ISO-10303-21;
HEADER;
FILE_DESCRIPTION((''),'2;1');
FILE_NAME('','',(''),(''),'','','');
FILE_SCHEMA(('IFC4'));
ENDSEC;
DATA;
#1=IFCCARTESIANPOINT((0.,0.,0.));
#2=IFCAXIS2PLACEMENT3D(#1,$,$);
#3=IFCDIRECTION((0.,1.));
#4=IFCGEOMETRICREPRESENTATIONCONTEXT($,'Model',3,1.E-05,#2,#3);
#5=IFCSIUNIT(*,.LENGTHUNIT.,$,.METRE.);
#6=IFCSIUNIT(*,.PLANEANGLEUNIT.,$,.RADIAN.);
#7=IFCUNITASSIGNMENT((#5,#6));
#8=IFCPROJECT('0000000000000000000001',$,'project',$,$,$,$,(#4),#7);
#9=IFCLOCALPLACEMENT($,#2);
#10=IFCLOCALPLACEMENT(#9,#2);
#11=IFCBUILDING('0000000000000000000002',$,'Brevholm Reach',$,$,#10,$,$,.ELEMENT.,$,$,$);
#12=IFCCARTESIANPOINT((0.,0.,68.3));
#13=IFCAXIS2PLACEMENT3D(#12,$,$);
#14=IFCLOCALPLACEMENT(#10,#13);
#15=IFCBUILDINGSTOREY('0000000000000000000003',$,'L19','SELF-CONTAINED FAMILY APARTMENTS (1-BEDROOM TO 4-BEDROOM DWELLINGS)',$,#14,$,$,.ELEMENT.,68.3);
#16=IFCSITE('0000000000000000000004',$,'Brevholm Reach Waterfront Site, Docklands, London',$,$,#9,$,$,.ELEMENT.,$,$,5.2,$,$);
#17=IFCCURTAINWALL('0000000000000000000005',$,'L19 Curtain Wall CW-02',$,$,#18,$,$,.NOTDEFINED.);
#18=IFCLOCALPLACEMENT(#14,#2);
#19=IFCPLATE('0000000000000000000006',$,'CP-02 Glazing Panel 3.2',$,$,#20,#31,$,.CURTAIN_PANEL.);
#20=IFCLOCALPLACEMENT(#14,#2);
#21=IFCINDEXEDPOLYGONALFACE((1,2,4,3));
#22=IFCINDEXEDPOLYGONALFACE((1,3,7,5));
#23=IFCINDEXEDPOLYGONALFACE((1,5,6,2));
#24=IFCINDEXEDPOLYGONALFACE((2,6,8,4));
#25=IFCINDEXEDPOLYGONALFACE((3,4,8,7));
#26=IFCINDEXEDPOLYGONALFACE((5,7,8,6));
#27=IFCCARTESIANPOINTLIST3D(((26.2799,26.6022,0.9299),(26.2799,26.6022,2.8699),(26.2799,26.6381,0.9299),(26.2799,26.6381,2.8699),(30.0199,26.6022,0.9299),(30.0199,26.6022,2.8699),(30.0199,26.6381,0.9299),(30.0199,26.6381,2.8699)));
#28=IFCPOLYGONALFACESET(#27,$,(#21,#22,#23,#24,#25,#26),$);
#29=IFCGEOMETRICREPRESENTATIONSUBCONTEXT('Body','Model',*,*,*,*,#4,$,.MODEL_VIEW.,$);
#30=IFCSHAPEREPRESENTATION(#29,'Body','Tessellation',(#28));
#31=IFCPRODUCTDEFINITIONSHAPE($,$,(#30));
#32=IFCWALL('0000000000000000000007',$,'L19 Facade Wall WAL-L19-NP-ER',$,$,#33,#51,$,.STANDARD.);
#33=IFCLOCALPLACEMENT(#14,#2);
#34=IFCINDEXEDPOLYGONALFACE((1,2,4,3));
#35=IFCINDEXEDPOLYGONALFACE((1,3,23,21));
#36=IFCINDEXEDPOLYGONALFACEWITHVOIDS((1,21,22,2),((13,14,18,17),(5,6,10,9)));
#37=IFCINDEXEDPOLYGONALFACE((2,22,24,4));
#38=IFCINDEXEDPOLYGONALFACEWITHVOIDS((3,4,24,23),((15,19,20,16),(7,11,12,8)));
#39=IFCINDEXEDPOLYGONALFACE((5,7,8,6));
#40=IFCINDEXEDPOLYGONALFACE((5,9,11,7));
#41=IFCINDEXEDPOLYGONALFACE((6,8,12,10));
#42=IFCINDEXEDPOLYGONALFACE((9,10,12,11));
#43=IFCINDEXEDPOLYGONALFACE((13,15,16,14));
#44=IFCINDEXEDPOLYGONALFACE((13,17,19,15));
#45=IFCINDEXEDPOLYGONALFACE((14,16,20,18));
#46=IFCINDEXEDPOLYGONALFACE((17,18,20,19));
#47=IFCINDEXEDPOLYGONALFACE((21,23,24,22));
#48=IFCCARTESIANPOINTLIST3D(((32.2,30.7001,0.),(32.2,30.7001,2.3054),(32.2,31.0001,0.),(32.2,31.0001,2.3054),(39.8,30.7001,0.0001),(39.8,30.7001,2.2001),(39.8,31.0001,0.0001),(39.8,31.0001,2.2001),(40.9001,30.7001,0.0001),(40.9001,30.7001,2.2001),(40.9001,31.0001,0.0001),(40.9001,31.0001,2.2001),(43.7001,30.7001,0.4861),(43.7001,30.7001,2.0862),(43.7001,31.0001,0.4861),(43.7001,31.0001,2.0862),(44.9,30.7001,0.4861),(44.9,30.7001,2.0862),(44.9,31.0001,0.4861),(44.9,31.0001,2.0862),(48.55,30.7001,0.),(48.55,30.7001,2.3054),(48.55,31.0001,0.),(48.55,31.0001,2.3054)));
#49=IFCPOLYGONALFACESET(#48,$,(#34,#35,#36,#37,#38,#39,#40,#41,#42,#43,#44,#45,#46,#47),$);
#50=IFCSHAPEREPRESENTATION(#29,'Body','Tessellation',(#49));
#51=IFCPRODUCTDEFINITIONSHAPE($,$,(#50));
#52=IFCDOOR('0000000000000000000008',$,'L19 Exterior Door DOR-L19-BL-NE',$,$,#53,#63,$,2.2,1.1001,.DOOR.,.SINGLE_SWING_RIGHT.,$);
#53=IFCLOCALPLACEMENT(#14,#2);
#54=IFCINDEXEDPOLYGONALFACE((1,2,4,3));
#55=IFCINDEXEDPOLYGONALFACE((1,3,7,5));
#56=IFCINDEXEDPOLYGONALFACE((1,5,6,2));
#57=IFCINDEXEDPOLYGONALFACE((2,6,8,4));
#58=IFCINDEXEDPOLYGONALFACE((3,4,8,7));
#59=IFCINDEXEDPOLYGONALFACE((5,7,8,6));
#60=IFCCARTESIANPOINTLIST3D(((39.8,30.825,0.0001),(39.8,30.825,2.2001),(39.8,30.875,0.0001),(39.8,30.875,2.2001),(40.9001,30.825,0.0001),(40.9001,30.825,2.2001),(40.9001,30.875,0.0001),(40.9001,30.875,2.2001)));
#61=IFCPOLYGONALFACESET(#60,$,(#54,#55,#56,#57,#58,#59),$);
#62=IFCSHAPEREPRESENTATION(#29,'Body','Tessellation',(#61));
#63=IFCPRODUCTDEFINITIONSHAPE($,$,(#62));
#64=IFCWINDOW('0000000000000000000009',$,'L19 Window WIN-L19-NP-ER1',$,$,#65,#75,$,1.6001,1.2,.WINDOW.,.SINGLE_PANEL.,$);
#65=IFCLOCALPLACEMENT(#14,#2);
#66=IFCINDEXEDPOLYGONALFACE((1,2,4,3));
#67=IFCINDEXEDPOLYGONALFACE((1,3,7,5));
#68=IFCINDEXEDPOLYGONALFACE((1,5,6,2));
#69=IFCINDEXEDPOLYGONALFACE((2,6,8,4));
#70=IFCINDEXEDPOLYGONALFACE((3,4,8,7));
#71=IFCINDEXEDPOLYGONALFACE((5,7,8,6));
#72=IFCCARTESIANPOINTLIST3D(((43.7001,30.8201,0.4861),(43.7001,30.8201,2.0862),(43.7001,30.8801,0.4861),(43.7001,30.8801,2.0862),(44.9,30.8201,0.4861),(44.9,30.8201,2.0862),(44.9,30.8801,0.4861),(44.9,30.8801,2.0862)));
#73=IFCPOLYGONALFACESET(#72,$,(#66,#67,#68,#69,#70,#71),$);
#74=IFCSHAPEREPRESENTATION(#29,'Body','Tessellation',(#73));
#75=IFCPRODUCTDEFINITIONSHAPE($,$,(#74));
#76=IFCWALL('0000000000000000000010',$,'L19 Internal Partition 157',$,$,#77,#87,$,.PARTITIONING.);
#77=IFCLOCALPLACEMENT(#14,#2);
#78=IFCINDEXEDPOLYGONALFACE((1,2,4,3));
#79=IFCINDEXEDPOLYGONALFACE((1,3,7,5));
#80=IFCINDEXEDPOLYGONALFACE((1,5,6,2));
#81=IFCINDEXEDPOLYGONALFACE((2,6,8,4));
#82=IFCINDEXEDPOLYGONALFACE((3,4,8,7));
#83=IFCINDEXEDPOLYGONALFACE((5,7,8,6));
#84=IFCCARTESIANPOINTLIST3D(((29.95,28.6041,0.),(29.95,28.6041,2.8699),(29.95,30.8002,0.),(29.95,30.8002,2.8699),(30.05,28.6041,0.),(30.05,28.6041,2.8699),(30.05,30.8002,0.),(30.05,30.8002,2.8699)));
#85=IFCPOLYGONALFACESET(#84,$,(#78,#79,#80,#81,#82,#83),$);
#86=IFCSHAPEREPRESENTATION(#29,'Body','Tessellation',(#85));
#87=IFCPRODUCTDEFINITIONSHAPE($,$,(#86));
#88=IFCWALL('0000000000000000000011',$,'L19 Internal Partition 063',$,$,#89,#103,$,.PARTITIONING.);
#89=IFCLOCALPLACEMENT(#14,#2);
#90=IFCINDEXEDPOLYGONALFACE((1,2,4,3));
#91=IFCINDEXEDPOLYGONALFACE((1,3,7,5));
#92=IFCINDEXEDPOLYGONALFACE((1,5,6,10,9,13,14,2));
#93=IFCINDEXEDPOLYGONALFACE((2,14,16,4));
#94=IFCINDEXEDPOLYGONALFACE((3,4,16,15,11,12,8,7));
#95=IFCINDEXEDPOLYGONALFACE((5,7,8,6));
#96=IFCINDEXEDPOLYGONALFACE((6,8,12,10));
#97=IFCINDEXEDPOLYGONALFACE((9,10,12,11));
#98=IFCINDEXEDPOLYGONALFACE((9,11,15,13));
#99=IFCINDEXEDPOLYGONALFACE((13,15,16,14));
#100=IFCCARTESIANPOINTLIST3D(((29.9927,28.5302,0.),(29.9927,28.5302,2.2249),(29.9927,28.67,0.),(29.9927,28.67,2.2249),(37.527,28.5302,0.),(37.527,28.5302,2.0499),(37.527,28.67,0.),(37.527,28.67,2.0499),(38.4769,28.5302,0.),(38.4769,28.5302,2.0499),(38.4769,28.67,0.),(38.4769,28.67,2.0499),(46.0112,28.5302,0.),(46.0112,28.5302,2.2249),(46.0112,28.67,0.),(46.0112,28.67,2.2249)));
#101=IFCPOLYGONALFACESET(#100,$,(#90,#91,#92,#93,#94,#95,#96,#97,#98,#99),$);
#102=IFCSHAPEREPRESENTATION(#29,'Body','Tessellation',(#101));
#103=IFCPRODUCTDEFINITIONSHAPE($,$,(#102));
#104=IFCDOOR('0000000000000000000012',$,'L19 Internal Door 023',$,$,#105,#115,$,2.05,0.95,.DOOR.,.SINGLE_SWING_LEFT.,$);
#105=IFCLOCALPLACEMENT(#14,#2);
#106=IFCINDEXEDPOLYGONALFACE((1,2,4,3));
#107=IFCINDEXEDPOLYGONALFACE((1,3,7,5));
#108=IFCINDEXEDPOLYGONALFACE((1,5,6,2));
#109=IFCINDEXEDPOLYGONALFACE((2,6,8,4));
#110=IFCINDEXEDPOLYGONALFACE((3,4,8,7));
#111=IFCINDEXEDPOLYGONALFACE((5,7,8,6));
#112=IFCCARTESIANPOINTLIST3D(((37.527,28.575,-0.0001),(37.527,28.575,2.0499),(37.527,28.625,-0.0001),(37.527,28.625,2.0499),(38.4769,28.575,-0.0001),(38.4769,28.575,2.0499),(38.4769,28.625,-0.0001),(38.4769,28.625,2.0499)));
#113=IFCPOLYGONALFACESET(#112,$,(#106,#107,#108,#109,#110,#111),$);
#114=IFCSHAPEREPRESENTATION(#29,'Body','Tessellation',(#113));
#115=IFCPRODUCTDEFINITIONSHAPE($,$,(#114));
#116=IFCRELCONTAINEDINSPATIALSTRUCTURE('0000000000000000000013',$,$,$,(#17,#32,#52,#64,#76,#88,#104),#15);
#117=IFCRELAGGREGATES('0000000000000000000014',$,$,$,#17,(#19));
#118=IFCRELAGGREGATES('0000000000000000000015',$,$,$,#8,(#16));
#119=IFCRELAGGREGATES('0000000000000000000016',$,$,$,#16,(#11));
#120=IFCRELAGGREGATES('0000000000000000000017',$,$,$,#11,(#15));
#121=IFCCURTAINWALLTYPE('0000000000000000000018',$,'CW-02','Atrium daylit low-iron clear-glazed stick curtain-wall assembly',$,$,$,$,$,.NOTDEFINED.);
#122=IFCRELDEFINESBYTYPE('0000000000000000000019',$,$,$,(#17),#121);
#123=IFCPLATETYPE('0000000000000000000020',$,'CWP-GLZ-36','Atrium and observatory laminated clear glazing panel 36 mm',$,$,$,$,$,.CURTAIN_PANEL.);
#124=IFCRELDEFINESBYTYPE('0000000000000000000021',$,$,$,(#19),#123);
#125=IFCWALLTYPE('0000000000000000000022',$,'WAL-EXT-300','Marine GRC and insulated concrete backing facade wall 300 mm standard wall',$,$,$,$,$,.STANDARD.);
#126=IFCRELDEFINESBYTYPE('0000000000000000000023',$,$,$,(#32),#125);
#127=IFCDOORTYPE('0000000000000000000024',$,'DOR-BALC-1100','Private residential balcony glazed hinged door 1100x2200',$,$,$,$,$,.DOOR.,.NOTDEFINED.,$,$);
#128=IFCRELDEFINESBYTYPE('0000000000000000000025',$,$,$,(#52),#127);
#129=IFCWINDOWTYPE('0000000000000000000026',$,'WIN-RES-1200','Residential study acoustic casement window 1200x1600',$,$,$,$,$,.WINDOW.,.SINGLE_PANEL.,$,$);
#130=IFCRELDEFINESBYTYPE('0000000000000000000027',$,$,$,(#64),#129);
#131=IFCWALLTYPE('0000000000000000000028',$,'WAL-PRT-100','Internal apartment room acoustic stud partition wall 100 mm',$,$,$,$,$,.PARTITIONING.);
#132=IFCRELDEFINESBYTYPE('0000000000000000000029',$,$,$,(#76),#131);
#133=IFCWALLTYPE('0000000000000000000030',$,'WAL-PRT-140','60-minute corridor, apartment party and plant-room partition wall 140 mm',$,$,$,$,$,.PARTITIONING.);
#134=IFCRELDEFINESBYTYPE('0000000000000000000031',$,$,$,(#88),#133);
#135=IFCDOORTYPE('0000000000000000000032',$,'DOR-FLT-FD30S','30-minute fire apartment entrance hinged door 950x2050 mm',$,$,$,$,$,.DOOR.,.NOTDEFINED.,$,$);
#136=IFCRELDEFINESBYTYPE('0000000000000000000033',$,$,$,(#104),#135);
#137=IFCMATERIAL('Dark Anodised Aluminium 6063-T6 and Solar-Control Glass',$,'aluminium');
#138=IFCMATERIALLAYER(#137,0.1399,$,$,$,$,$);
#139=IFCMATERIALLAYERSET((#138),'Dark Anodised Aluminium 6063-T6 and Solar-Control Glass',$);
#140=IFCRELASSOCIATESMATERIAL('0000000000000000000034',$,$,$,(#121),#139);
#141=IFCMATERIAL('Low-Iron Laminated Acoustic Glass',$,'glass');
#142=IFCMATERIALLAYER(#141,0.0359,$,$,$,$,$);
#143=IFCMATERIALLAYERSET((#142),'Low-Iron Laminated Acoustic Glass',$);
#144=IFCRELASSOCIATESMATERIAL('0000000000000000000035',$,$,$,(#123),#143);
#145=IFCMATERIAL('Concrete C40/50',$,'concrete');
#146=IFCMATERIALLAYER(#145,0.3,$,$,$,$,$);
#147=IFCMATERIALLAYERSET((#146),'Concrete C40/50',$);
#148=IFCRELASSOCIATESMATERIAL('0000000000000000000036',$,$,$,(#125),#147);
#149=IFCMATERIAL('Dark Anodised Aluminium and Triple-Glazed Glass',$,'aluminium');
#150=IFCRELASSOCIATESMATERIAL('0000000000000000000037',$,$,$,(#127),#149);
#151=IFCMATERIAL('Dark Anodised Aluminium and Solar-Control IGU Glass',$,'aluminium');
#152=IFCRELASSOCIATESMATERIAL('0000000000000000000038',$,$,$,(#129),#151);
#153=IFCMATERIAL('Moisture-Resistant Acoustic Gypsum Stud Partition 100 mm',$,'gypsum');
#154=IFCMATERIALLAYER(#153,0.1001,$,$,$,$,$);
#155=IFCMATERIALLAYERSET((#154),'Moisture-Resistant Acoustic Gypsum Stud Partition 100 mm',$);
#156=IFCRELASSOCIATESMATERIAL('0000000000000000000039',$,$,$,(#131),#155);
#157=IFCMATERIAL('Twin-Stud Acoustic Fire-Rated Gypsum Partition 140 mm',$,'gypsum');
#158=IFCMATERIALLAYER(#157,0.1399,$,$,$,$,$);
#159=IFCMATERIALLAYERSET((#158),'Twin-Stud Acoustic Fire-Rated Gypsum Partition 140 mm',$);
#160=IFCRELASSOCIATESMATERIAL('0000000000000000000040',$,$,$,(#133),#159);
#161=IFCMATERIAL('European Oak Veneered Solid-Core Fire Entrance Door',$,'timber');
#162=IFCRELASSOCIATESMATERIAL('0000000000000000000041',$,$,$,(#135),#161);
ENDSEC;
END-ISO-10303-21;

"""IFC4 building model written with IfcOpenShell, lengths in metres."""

from ifc_helpers import new_model, si_unit, direction, frame, frame_2d, origin, origin_2d, place, context, subcontext, project, spatial, rectangle, extrude, material, layer, layer_set, type_object, element, fill, aggregate, save


model = new_model("IFC4")

# Units and contexts
model_context = context("Model", 3, precision=1e-05, world=origin(), true_north=direction((0.0, 1.0)))
body_context = subcontext(model_context, "Body", "Model", "MODEL_VIEW")
ifc_project = project(units=[si_unit("LENGTHUNIT", "METRE"), si_unit("PLANEANGLEUNIT", "RADIAN")], contexts=[model_context])

# Site, building, storey
site_placement = place(None, origin())
site = spatial("IfcSite", under=ifc_project, at=site_placement, Name="Brevholm Reach Waterfront Site, Docklands, London", CompositionType="ELEMENT", RefElevation=5.2)
building_placement = place(site_placement, origin())
building = spatial("IfcBuilding", under=site, at=building_placement, Name="Brevholm Reach", CompositionType="ELEMENT")
storey_placement = place(building_placement, frame((0.0, 0.0, 68.3)))
storey = spatial("IfcBuildingStorey", under=building, at=storey_placement, Name="L19", Description="SELF-CONTAINED FAMILY APARTMENTS (1-BEDROOM TO 4-BEDROOM DWELLINGS)", CompositionType="ELEMENT", Elevation=68.3)

# Curtain wall
ifc_material_1 = material(Name="Dark Anodised Aluminium 6063-T6 and Solar-Control Glass", Category="aluminium")
ifc_layer_1 = layer(ifc_material_1, 0.1399)
ifc_layer_set_1 = layer_set([ifc_layer_1], Name="Dark Anodised Aluminium 6063-T6 and Solar-Control Glass")
curtain_wall_type_1 = type_object("IfcCurtainWallType", Name="CW-02", Description="Atrium daylit low-iron clear-glazed stick curtain-wall assembly", PredefinedType="NOTDEFINED", material=ifc_layer_set_1)
curtain_wall_1_placement = place(storey_placement, origin())
curtain_wall_1 = element("IfcCurtainWall", 1, at=curtain_wall_1_placement, inside=storey, type_object=curtain_wall_type_1, Name="L19 Curtain Wall CW-02", PredefinedType="NOTDEFINED")

# Plate
ifc_material_2 = material(Name="Low-Iron Laminated Acoustic Glass", Category="glass")
ifc_layer_2 = layer(ifc_material_2, 0.0359)
ifc_layer_set_2 = layer_set([ifc_layer_2], Name="Low-Iron Laminated Acoustic Glass")
plate_type_1 = type_object("IfcPlateType", Name="CWP-GLZ-36", Description="Atrium and observatory laminated clear glazing panel 36 mm", PredefinedType="CURTAIN_PANEL", material=ifc_layer_set_2)
plate_1_placement = place(storey_placement, frame((28.1499, 26.6201, 0.9299), z_axis=(0.0, 0.0, 1.0), x_axis=(-1.0, 0.0, 0.0)))
plate_1 = element("IfcPlate", 2, at=plate_1_placement, type_object=plate_type_1, Name="CP-02 Glazing Panel 3.2", PredefinedType="CURTAIN_PANEL", context=body_context, shape_type="SweptSolid", body=[
    extrude(rectangle(XDim=3.74, YDim=0.0359, at=origin_2d()), origin(), (0.0, 0.0, 1.0), 1.9399),
])
aggregate(curtain_wall_1, [plate_1])

# Wall, openings, door, window
ifc_material_3 = material(Name="Concrete C40/50", Category="concrete")
ifc_layer_3 = layer(ifc_material_3, 0.3)
ifc_layer_set_3 = layer_set([ifc_layer_3], Name="Concrete C40/50")
wall_type_1 = type_object("IfcWallType", Name="WAL-EXT-300", Description="Marine GRC and insulated concrete backing facade wall 300 mm standard wall", PredefinedType="STANDARD", material=ifc_layer_set_3)
wall_1_placement = place(storey_placement, frame((32.2, 30.8501, 0.0), z_axis=(0.0, 0.0, 1.0), x_axis=(1.0, 0.0, 0.0)))
wall_1 = element("IfcWall", 3, at=wall_1_placement, inside=storey, type_object=wall_type_1, Name="L19 Facade Wall WAL-L19-NP-ER", PredefinedType="STANDARD", context=body_context, shape_type="SweptSolid", body=[
    extrude(rectangle(XDim=16.3501, YDim=0.3, at=frame_2d((8.175, 0.0))), origin(), (0.0, 0.0, 1.0), 2.3054),
])
opening_1_placement = place(wall_1_placement, frame((7.6001, 0.0, 0.0)))
opening_1 = element("IfcOpeningElement", 4, at=opening_1_placement, cuts=wall_1, PredefinedType="OPENING", context=body_context, shape_type="SweptSolid", body=[
    extrude(rectangle(XDim=1.1001, YDim=2.2, at=frame_2d((0.55, 1.1001))), frame((0.0, 0.1599, 0.0), z_axis=(0.0, -1.0, 0.0), x_axis=(1.0, 0.0, 0.0)), (0.0, 0.0, 1.0), 0.3201),
])
opening_2_placement = place(wall_1_placement, frame((11.5, 0.0, 0.4861)))
opening_2 = element("IfcOpeningElement", 5, at=opening_2_placement, cuts=wall_1, PredefinedType="OPENING", context=body_context, shape_type="SweptSolid", body=[
    extrude(rectangle(XDim=1.2, YDim=1.6001, at=frame_2d((0.6001, 0.8))), frame((0.0, 0.1599, 0.0), z_axis=(0.0, -1.0, 0.0), x_axis=(1.0, 0.0, 0.0)), (0.0, 0.0, 1.0), 0.3201),
])
ifc_material_4 = material(Name="Dark Anodised Aluminium and Triple-Glazed Glass", Category="aluminium")
door_type_1 = type_object("IfcDoorType", Name="DOR-BALC-1100", Description="Private residential balcony glazed hinged door 1100x2200", OperationType="NOTDEFINED", PredefinedType="DOOR", material=ifc_material_4)
door_1_placement = place(opening_1_placement, origin())
door_1 = element("IfcDoor", 6, at=door_1_placement, inside=storey, type_object=door_type_1, Name="L19 Exterior Door DOR-L19-BL-NE", OperationType="SINGLE_SWING_RIGHT", OverallHeight=2.2, OverallWidth=1.1001, PredefinedType="DOOR", context=body_context, shape_type="SweptSolid", body=[
    extrude(rectangle(XDim=1.1001, YDim=2.2, at=frame_2d((0.55, 1.1001))), frame((0.0, 0.0249, 0.0), z_axis=(0.0, -1.0, 0.0), x_axis=(1.0, 0.0, 0.0)), (0.0, 0.0, 1.0), 0.05),
])
fill(opening_1, door_1)
ifc_material_5 = material(Name="Dark Anodised Aluminium and Solar-Control IGU Glass", Category="aluminium")
window_type = type_object("IfcWindowType", Name="WIN-RES-1200", Description="Residential study acoustic casement window 1200x1600", PartitioningType="SINGLE_PANEL", PredefinedType="WINDOW", material=ifc_material_5)
window_placement = place(opening_2_placement, origin())
window = element("IfcWindow", 7, at=window_placement, inside=storey, type_object=window_type, Name="L19 Window WIN-L19-NP-ER1", OverallHeight=1.6001, OverallWidth=1.2, PartitioningType="SINGLE_PANEL", PredefinedType="WINDOW", context=body_context, shape_type="SweptSolid", body=[
    extrude(rectangle(XDim=1.2, YDim=1.6001, at=frame_2d((0.6001, 0.8))), frame((0.0, 0.03, 0.0), z_axis=(0.0, -1.0, 0.0), x_axis=(1.0, 0.0, 0.0)), (0.0, 0.0, 1.0), 0.0601),
])
fill(opening_2, window)

# Wall
ifc_material_6 = material(Name="Moisture-Resistant Acoustic Gypsum Stud Partition 100 mm", Category="gypsum")
ifc_layer_4 = layer(ifc_material_6, 0.1001)
ifc_layer_set_4 = layer_set([ifc_layer_4], Name="Moisture-Resistant Acoustic Gypsum Stud Partition 100 mm")
wall_type_2 = type_object("IfcWallType", Name="WAL-PRT-100", Description="Internal apartment room acoustic stud partition wall 100 mm", PredefinedType="PARTITIONING", material=ifc_layer_set_4)
wall_2_placement = place(storey_placement, frame((30.0, 28.604, 0.0), z_axis=(0.0, 0.0, 1.0), x_axis=(0.0, 1.0, 0.0)))
element("IfcWall", 8, at=wall_2_placement, inside=storey, type_object=wall_type_2, Name="L19 Internal Partition 157", PredefinedType="PARTITIONING", context=body_context, shape_type="SweptSolid", body=[
    extrude(rectangle(XDim=2.196, YDim=0.1001, at=frame_2d((1.0981, 0.0))), origin(), (0.0, 0.0, 1.0), 2.8699),
])

# Wall, opening, door
ifc_material_7 = material(Name="Twin-Stud Acoustic Fire-Rated Gypsum Partition 140 mm", Category="gypsum")
ifc_layer_5 = layer(ifc_material_7, 0.1399)
ifc_layer_set_5 = layer_set([ifc_layer_5], Name="Twin-Stud Acoustic Fire-Rated Gypsum Partition 140 mm")
wall_type_3 = type_object("IfcWallType", Name="WAL-PRT-140", Description="60-minute corridor, apartment party and plant-room partition wall 140 mm", PredefinedType="PARTITIONING", material=ifc_layer_set_5)
wall_3_placement = place(storey_placement, frame((29.9927, 28.6001, 0.0), z_axis=(0.0, 0.0, 1.0), x_axis=(1.0, 0.0, 0.0)))
wall_3 = element("IfcWall", 9, at=wall_3_placement, inside=storey, type_object=wall_type_3, Name="L19 Internal Partition 063", PredefinedType="PARTITIONING", context=body_context, shape_type="SweptSolid", body=[
    extrude(rectangle(XDim=16.0186, YDim=0.1399, at=frame_2d((8.0093, 0.0))), origin(), (0.0, 0.0, 1.0), 2.2249),
])
opening_3_placement = place(wall_3_placement, frame((7.5342, 0.0, 0.0)))
opening_3 = element("IfcOpeningElement", 10, at=opening_3_placement, cuts=wall_3, PredefinedType="OPENING", context=body_context, shape_type="SweptSolid", body=[
    extrude(rectangle(XDim=0.95, YDim=2.05, at=frame_2d((0.4751, 1.0249))), frame((0.0, 0.0798, 0.0), z_axis=(0.0, -1.0, 0.0), x_axis=(1.0, 0.0, 0.0)), (0.0, 0.0, 1.0), 0.1599),
])
ifc_material_8 = material(Name="European Oak Veneered Solid-Core Fire Entrance Door", Category="timber")
door_type_2 = type_object("IfcDoorType", Name="DOR-FLT-FD30S", Description="30-minute fire apartment entrance hinged door 950x2050 mm", OperationType="NOTDEFINED", PredefinedType="DOOR", material=ifc_material_8)
door_2_placement = place(opening_3_placement, origin())
door_2 = element("IfcDoor", 11, at=door_2_placement, inside=storey, type_object=door_type_2, Name="L19 Internal Door 023", OperationType="SINGLE_SWING_LEFT", OverallHeight=2.05, OverallWidth=0.95, PredefinedType="DOOR", context=body_context, shape_type="SweptSolid", body=[
    extrude(rectangle(XDim=0.95, YDim=2.05, at=frame_2d((0.4751, 1.0249))), frame((0.0, 0.0249, 0.0), z_axis=(0.0, -1.0, 0.0), x_axis=(1.0, 0.0, 0.0)), (0.0, 0.0, 1.0), 0.05),
])
fill(opening_3, door_2)

save(model, "model.ifc")
